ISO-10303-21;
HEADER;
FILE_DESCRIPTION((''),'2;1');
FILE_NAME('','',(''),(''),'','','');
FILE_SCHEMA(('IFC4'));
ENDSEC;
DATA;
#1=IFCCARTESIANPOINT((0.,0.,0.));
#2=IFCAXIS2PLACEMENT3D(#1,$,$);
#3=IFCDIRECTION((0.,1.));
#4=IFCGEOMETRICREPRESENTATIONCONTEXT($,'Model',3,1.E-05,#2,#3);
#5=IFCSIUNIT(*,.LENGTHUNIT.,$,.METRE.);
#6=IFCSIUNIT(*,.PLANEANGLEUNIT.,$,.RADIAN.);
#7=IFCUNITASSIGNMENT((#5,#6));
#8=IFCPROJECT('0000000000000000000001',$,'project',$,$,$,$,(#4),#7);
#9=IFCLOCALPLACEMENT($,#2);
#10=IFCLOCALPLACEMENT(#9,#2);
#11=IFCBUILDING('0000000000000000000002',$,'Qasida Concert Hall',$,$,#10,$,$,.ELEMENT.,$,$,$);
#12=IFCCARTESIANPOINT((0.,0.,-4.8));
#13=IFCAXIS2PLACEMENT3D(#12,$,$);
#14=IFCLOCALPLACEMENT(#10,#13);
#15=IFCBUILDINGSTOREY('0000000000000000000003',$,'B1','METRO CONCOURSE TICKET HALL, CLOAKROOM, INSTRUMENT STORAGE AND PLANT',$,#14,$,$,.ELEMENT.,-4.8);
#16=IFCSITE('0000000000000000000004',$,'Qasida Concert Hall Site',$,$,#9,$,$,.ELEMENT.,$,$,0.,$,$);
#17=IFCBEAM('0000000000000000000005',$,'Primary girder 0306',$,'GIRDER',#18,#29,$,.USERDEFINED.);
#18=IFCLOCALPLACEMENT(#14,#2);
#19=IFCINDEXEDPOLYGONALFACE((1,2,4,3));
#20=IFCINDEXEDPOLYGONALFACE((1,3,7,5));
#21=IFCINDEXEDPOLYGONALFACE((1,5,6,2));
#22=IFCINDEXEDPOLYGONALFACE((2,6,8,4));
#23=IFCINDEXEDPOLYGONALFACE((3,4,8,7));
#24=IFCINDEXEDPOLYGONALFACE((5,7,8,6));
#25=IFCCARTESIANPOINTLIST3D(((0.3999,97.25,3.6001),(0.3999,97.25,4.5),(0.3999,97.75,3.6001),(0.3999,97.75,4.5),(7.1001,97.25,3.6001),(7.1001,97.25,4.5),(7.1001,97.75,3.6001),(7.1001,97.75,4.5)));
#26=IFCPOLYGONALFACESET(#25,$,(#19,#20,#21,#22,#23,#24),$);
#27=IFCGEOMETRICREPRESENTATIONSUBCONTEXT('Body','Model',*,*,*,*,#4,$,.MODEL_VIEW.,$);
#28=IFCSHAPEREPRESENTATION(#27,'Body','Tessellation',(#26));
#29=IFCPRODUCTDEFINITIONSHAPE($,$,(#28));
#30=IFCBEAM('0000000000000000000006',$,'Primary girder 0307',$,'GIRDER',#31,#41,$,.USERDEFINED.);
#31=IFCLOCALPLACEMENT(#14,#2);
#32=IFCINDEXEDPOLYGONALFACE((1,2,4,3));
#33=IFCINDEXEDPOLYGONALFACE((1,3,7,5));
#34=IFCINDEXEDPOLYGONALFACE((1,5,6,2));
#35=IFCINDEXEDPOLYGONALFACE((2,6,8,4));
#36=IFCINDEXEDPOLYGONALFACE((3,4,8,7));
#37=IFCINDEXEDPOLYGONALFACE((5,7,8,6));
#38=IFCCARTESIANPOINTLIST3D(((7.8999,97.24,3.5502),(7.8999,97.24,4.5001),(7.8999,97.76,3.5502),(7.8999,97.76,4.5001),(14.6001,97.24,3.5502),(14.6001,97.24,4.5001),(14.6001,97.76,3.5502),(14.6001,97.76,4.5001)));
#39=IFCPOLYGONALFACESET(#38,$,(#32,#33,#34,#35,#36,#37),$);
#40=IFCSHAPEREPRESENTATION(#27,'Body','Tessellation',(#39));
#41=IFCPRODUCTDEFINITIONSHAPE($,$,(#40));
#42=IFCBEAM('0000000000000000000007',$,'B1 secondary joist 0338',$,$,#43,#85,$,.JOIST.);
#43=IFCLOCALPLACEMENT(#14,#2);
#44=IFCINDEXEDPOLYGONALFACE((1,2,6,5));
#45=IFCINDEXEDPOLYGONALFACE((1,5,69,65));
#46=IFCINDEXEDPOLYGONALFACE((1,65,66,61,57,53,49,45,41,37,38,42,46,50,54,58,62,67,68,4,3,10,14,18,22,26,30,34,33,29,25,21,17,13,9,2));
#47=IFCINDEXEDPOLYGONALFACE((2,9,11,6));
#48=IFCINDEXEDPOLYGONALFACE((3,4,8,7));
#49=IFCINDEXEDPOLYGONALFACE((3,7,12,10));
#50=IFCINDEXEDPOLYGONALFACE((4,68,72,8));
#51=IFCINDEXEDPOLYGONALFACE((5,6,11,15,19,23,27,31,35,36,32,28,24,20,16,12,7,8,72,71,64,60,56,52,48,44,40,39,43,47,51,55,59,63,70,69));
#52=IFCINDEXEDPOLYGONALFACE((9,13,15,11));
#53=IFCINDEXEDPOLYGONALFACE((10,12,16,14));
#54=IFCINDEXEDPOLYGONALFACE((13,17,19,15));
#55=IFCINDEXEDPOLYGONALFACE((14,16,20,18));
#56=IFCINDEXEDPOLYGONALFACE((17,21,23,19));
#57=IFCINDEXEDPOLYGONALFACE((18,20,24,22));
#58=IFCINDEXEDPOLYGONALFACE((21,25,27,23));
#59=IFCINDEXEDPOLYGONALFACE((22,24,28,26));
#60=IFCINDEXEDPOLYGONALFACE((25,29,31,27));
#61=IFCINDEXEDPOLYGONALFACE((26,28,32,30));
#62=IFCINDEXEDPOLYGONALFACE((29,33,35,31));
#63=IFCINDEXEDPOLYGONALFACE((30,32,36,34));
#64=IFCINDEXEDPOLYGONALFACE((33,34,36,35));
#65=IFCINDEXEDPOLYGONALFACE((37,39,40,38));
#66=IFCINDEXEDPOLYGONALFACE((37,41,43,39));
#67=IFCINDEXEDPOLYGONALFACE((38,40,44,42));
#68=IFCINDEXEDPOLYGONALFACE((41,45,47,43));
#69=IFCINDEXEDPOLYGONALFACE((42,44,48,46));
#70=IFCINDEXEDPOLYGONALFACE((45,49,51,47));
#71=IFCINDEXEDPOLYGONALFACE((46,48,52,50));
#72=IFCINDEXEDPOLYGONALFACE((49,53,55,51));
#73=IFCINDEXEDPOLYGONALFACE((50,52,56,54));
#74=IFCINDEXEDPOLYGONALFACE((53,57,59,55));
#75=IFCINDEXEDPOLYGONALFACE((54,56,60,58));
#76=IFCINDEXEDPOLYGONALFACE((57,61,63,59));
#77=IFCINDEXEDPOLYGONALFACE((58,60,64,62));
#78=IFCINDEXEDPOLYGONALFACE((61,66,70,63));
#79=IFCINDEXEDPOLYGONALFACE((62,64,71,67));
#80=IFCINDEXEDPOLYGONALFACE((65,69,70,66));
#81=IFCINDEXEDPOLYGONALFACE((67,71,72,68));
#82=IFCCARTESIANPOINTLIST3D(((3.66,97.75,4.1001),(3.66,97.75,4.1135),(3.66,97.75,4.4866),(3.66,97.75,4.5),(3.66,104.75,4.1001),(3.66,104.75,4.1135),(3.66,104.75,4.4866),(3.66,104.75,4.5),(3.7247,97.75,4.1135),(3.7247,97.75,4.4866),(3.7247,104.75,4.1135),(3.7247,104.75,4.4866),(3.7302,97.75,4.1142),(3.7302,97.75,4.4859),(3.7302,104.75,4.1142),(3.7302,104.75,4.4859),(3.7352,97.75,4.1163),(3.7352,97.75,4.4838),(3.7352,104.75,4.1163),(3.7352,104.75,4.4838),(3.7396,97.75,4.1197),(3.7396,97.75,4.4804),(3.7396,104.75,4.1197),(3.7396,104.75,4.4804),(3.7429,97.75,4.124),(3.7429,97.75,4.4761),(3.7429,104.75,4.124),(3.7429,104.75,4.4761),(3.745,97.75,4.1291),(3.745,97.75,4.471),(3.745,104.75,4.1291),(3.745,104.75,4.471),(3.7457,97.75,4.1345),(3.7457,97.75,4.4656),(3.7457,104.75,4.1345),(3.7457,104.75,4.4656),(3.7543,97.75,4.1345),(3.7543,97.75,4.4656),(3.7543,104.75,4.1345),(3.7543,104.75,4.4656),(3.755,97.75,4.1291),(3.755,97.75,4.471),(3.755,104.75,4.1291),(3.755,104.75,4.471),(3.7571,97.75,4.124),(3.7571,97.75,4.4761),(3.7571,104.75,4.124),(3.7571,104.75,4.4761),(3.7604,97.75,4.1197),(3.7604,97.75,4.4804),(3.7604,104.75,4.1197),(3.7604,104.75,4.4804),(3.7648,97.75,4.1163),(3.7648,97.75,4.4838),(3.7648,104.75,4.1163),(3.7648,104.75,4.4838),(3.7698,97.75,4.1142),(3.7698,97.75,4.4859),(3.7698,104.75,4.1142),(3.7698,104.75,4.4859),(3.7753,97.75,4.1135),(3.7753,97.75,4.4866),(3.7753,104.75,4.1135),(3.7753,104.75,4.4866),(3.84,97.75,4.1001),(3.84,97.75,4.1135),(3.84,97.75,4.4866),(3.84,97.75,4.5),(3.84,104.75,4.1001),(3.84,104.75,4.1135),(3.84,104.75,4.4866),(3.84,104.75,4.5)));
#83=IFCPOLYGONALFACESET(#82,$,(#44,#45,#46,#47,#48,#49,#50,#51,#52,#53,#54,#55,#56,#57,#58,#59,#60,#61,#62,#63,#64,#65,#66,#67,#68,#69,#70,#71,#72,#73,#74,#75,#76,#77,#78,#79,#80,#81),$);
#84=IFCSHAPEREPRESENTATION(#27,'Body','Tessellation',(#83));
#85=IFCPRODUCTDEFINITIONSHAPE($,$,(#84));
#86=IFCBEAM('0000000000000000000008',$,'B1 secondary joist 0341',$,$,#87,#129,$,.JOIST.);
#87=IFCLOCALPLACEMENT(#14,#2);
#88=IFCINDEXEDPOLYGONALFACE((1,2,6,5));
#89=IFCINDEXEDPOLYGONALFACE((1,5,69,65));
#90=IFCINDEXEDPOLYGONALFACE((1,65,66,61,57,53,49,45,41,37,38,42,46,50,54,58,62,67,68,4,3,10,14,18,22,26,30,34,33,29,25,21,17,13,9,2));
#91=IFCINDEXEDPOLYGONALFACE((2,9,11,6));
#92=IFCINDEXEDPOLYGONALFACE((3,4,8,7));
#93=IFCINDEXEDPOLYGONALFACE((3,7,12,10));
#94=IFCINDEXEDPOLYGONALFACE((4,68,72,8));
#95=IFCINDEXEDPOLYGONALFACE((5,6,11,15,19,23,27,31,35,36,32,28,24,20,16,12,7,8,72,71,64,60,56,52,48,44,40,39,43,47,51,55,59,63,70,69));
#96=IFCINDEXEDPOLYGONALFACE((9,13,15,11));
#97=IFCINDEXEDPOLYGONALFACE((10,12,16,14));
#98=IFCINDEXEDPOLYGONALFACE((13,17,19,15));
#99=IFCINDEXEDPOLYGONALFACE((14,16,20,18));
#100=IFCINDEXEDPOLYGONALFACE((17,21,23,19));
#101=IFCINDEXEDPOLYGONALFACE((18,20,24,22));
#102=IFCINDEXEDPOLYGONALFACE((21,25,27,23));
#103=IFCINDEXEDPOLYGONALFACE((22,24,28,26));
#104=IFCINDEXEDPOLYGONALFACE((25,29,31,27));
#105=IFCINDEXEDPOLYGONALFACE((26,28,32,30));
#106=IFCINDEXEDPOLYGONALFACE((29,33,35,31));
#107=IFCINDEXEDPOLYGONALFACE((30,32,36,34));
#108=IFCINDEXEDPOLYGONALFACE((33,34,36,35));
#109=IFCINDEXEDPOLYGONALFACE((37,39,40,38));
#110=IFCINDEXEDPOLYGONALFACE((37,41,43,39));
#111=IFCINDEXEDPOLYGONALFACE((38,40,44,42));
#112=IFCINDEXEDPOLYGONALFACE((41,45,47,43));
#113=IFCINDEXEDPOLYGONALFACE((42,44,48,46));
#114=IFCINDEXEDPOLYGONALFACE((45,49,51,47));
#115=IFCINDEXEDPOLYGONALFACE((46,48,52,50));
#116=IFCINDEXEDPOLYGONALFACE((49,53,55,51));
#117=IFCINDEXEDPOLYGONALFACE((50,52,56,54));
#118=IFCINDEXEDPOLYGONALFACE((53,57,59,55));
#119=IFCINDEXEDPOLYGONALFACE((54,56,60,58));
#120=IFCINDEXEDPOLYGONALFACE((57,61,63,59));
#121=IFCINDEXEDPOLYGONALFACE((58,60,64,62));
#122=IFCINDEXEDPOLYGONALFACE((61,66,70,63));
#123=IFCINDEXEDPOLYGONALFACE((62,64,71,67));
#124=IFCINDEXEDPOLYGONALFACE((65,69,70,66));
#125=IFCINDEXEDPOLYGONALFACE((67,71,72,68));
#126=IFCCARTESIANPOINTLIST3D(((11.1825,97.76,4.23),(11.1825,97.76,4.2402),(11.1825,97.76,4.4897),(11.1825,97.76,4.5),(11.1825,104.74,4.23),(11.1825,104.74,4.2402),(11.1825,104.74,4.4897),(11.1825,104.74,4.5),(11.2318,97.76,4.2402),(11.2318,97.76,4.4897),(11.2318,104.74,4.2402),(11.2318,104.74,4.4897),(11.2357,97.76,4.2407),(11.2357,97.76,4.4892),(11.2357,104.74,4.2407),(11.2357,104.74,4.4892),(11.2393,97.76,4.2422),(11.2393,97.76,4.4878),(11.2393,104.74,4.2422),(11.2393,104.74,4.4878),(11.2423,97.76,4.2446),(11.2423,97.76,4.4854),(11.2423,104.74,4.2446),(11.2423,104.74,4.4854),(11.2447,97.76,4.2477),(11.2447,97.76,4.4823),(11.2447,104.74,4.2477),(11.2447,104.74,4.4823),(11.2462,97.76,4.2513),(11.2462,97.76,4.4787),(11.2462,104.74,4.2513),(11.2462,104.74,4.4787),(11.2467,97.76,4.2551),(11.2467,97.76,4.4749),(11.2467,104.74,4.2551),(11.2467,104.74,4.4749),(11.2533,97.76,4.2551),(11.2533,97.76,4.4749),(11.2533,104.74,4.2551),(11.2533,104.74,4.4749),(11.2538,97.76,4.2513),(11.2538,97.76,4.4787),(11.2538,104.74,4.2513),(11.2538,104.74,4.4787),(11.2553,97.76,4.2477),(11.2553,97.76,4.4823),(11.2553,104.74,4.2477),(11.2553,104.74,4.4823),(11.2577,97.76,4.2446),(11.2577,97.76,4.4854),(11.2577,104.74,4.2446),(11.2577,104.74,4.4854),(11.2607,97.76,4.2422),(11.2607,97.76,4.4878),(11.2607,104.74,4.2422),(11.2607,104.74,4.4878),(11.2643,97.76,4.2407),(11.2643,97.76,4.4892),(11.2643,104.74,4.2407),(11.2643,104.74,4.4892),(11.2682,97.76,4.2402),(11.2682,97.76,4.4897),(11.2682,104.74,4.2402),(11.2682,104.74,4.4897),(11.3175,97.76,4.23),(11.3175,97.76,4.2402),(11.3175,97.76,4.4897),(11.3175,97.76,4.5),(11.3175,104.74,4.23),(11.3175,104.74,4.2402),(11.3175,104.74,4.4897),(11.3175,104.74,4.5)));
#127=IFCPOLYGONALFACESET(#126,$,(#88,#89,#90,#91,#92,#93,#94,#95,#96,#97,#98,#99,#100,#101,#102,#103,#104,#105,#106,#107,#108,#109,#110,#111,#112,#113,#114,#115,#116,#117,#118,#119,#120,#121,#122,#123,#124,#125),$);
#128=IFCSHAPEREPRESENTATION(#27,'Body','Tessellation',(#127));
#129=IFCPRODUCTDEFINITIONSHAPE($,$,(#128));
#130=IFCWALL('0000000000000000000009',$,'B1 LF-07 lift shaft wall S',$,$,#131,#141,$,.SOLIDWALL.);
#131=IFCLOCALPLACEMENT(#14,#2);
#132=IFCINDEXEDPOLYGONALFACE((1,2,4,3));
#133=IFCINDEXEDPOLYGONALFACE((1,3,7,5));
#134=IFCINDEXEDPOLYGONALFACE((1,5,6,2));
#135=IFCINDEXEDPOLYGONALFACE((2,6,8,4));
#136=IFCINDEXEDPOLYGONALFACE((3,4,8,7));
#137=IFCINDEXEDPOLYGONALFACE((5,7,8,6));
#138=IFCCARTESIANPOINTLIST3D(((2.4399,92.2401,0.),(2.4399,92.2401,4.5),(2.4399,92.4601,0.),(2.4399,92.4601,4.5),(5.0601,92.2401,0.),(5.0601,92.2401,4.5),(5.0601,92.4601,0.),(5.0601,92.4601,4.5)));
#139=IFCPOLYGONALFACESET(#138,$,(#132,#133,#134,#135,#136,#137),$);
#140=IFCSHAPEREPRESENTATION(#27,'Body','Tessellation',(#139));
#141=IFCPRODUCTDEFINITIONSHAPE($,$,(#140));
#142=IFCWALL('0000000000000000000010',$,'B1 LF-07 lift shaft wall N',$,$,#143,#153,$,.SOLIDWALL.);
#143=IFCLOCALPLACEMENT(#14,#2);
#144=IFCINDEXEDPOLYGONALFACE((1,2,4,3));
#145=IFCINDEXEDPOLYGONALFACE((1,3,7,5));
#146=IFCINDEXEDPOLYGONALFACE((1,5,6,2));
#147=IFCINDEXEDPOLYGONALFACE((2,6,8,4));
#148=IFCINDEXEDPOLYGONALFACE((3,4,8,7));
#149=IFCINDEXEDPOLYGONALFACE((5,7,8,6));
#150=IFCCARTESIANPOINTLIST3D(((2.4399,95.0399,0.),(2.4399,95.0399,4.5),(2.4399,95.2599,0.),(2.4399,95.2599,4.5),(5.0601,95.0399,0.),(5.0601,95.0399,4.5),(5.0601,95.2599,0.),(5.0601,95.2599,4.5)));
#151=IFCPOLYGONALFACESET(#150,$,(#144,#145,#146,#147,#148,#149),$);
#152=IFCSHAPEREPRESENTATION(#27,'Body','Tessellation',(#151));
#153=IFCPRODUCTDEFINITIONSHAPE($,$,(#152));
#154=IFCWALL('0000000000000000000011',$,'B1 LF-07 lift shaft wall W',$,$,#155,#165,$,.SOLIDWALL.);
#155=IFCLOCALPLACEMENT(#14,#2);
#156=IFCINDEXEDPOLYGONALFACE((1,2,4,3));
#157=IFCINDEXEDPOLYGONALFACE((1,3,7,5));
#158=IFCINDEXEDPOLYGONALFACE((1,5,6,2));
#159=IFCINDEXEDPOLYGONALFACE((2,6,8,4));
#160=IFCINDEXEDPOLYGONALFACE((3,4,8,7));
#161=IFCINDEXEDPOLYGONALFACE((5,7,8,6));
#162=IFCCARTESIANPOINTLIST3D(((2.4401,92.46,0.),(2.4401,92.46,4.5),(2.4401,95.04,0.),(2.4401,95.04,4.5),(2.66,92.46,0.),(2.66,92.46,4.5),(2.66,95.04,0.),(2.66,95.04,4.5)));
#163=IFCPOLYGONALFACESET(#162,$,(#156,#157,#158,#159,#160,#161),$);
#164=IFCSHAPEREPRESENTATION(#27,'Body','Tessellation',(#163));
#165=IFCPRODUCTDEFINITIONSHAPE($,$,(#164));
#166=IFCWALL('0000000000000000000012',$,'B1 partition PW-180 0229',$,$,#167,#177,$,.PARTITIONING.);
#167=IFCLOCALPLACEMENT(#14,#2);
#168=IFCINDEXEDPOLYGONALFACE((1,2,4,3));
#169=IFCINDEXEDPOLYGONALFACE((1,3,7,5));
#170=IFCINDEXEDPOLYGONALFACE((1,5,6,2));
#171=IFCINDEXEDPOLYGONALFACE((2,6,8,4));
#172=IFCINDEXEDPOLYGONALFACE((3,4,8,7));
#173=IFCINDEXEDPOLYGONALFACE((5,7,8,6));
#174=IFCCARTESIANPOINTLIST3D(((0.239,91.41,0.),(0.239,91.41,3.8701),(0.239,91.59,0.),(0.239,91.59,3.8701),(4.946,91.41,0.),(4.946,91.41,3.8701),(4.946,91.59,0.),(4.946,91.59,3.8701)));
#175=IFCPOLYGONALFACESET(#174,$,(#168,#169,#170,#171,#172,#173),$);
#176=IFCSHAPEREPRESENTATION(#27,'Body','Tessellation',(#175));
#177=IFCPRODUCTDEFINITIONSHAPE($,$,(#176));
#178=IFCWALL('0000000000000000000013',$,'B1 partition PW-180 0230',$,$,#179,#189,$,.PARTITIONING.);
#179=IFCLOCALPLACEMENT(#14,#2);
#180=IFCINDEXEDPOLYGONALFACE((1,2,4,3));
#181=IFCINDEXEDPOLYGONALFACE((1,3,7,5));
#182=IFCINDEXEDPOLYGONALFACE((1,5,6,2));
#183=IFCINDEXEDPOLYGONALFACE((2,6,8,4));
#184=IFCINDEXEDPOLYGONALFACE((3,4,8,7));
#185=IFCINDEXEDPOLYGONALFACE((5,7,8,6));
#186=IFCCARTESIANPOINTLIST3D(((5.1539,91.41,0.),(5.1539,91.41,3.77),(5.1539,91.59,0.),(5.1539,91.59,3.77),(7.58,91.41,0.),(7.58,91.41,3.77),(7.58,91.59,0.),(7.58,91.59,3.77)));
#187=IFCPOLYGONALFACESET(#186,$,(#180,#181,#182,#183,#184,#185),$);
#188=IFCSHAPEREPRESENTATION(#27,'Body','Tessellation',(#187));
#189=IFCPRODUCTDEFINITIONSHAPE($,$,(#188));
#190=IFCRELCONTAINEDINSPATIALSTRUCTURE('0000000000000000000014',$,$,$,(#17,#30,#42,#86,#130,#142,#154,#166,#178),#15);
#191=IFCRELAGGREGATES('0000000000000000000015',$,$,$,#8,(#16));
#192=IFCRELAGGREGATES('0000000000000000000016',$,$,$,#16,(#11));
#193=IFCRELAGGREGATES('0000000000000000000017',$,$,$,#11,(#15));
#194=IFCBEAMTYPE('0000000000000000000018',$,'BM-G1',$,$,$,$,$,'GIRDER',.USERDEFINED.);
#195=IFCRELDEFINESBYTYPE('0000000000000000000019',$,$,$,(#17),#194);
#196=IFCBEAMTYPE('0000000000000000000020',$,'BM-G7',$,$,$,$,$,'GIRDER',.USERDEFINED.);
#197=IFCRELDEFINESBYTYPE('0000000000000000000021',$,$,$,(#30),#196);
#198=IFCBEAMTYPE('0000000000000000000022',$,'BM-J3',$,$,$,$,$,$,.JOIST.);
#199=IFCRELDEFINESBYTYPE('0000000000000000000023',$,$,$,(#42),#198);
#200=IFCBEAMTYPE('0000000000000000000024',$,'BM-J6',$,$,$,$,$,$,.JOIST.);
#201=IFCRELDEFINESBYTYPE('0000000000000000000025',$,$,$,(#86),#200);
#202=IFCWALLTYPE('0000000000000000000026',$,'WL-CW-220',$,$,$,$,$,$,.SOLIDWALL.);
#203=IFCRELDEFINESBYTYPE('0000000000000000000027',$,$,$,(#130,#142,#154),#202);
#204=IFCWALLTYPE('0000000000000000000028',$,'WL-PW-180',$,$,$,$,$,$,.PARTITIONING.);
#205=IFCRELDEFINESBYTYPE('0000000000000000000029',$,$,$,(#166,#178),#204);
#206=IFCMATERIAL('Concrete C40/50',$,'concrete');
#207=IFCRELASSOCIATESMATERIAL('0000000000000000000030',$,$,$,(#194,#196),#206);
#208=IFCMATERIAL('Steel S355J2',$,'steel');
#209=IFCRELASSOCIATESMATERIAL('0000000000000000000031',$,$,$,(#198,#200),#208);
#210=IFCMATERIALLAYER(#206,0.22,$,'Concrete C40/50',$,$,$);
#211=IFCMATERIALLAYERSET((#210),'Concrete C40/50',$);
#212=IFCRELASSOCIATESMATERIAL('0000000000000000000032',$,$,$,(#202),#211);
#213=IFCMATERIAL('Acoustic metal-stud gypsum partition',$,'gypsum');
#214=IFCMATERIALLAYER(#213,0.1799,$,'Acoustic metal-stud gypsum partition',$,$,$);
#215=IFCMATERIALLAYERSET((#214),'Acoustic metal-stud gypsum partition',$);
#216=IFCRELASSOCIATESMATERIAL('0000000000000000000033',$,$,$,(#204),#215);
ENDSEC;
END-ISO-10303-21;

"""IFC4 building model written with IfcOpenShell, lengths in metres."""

from ifc_helpers import new_model, si_unit, direction, frame, frame_2d, origin, origin_2d, place, context, subcontext, project, spatial, rectangle, i_section, extrude, material, layer, layer_set, material_profile, profile_set, type_object, element, save


model = new_model("IFC4")

# Units and contexts
model_context = context("Model", 3, precision=1e-05, world=origin(), true_north=direction((0.0, 1.0)))
body_context = subcontext(model_context, "Body", "Model", "MODEL_VIEW")
ifc_project = project(units=[si_unit("LENGTHUNIT", "METRE"), si_unit("PLANEANGLEUNIT", "RADIAN")], contexts=[model_context])

# Site, building, storey
site_placement = place(None, origin())
site = spatial("IfcSite", under=ifc_project, at=site_placement, Name="Qasida Concert Hall Site", CompositionType="ELEMENT", RefElevation=0.0)
building_placement = place(site_placement, origin())
building = spatial("IfcBuilding", under=site, at=building_placement, Name="Qasida Concert Hall", CompositionType="ELEMENT")
storey_placement = place(building_placement, frame((0.0, 0.0, -4.8)))
storey = spatial("IfcBuildingStorey", under=building, at=storey_placement, Name="B1", Description="METRO CONCOURSE TICKET HALL, CLOAKROOM, INSTRUMENT STORAGE AND PLANT", CompositionType="ELEMENT", Elevation=-4.8)

# Shared definitions
ifc_material_1 = material(Name="Concrete C40/50", Category="concrete")

# Beams
ifc_material_2 = material(Name="Steel S355J2", Category="steel")
ifc_material_profile_1 = material_profile(ifc_material_1, rectangle(XDim=0.5, YDim=0.8999, at=origin_2d()), Name="RC 500x900")
ifc_profile_set_1 = profile_set([ifc_material_profile_1], Name="Concrete C40/50")
beam_type_1 = type_object("IfcBeamType", Name="BM-G1", ElementType="GIRDER", PredefinedType="USERDEFINED", material=ifc_profile_set_1)
beam_1_placement = place(storey_placement, frame((0.3999, 97.5, 4.05), z_axis=(1.0, 0.0, 0.0), x_axis=(0.0, 1.0, 0.0)))
element("IfcBeam", 1, at=beam_1_placement, inside=storey, type_object=beam_type_1, Name="Primary girder 0306", ObjectType="GIRDER", PredefinedType="USERDEFINED", context=body_context, shape_type="SweptSolid", body=[
    extrude(rectangle(XDim=0.5, YDim=0.8999, at=origin_2d()), origin(), (0.0, 0.0, 1.0), 6.7002),
])
ifc_material_profile_2 = material_profile(ifc_material_1, rectangle(XDim=0.52, YDim=0.95, at=origin_2d()), Name="RC 520x950")
ifc_profile_set_2 = profile_set([ifc_material_profile_2], Name="Concrete C40/50")
beam_type_2 = type_object("IfcBeamType", Name="BM-G7", ElementType="GIRDER", PredefinedType="USERDEFINED", material=ifc_profile_set_2)
beam_2_placement = place(storey_placement, frame((7.8999, 97.5, 4.0251), z_axis=(1.0, 0.0, 0.0), x_axis=(0.0, 1.0, 0.0)))
element("IfcBeam", 2, at=beam_2_placement, inside=storey, type_object=beam_type_2, Name="Primary girder 0307", ObjectType="GIRDER", PredefinedType="USERDEFINED", context=body_context, shape_type="SweptSolid", body=[
    extrude(rectangle(XDim=0.52, YDim=0.95, at=origin_2d()), origin(), (0.0, 0.0, 1.0), 6.7002),
])
ifc_material_profile_3 = material_profile(ifc_material_2, i_section(OverallWidth=0.1799, OverallDepth=0.3999, WebThickness=0.0085, FlangeThickness=0.0134, FilletRadius=0.021, at=origin_2d()), Name="IPE 400")
ifc_profile_set_3 = profile_set([ifc_material_profile_3], Name="Steel S355J2")
beam_type_3 = type_object("IfcBeamType", Name="BM-J3", PredefinedType="JOIST", material=ifc_profile_set_3)
beam_3_placement = place(storey_placement, frame((3.75, 97.75, 4.3), z_axis=(0.0, 1.0, 0.0), x_axis=(-1.0, 0.0, 0.0)))
element("IfcBeam", 3, at=beam_3_placement, inside=storey, type_object=beam_type_3, Name="B1 secondary joist 0338", PredefinedType="JOIST", context=body_context, shape_type="SweptSolid", body=[
    extrude(i_section(OverallWidth=0.1799, OverallDepth=0.3999, WebThickness=0.0085, FlangeThickness=0.0134, FilletRadius=0.021, at=origin_2d()), origin(), (0.0, 0.0, 1.0), 7.0),
])
ifc_material_profile_4 = material_profile(ifc_material_2, i_section(OverallWidth=0.135, OverallDepth=0.27, WebThickness=0.0066, FlangeThickness=0.0103, FilletRadius=0.0149, at=origin_2d()), Name="IPE 270")
ifc_profile_set_4 = profile_set([ifc_material_profile_4], Name="Steel S355J2")
beam_type_4 = type_object("IfcBeamType", Name="BM-J6", PredefinedType="JOIST", material=ifc_profile_set_4)
beam_4_placement = place(storey_placement, frame((11.25, 97.76, 4.365), z_axis=(0.0, 1.0, 0.0), x_axis=(-1.0, 0.0, 0.0)))
element("IfcBeam", 4, at=beam_4_placement, inside=storey, type_object=beam_type_4, Name="B1 secondary joist 0341", PredefinedType="JOIST", context=body_context, shape_type="SweptSolid", body=[
    extrude(i_section(OverallWidth=0.135, OverallDepth=0.27, WebThickness=0.0066, FlangeThickness=0.0103, FilletRadius=0.0149, at=origin_2d()), origin(), (0.0, 0.0, 1.0), 6.98),
])

# Walls
ifc_layer_1 = layer(ifc_material_1, 0.22, Name="Concrete C40/50")
ifc_layer_set_1 = layer_set([ifc_layer_1], Name="Concrete C40/50")
wall_type_1 = type_object("IfcWallType", Name="WL-CW-220", PredefinedType="SOLIDWALL", material=ifc_layer_set_1)
for number, where, z_axis, x_axis, name in (
    (5, (2.4399, 92.3501, 0.0), (0.0, 0.0, 1.0), (1.0, 0.0, 0.0), "B1 LF-07 lift shaft wall S"),
    (6, (2.4399, 95.1499, 0.0), (0.0, 0.0, 1.0), (1.0, 0.0, 0.0), "B1 LF-07 lift shaft wall N"),
):
    element("IfcWall", number, at=place(storey_placement, frame(where, z_axis=z_axis, x_axis=x_axis)), inside=storey, type_object=wall_type_1, Name=name, PredefinedType="SOLIDWALL", context=body_context, shape_type="SweptSolid", body=[
        extrude(rectangle(XDim=2.6201, YDim=0.22, at=frame_2d((1.3101, 0.0))), origin(), (0.0, 0.0, 1.0), 4.5),
    ])
wall_1_placement = place(storey_placement, frame((2.55, 92.46, 0.0), z_axis=(0.0, 0.0, 1.0), x_axis=(0.0, 1.0, 0.0)))
element("IfcWall", 7, at=wall_1_placement, inside=storey, type_object=wall_type_1, Name="B1 LF-07 lift shaft wall W", PredefinedType="SOLIDWALL", context=body_context, shape_type="SweptSolid", body=[
    extrude(rectangle(XDim=2.5801, YDim=0.22, at=frame_2d((1.29, 0.0))), origin(), (0.0, 0.0, 1.0), 4.5),
])

# Walls
ifc_material_3 = material(Name="Acoustic metal-stud gypsum partition", Category="gypsum")
ifc_layer_2 = layer(ifc_material_3, 0.1799, Name="Acoustic metal-stud gypsum partition")
ifc_layer_set_2 = layer_set([ifc_layer_2], Name="Acoustic metal-stud gypsum partition")
wall_type_2 = type_object("IfcWallType", Name="WL-PW-180", PredefinedType="PARTITIONING", material=ifc_layer_set_2)
wall_2_placement = place(storey_placement, frame((0.239, 91.5, 0.0), z_axis=(0.0, 0.0, 1.0), x_axis=(1.0, 0.0, 0.0)))
element("IfcWall", 8, at=wall_2_placement, inside=storey, type_object=wall_type_2, Name="B1 partition PW-180 0229", PredefinedType="PARTITIONING", context=body_context, shape_type="SweptSolid", body=[
    extrude(rectangle(XDim=4.707, YDim=0.1799, at=frame_2d((2.3535, 0.0))), origin(), (0.0, 0.0, 1.0), 3.8701),
])
wall_3_placement = place(storey_placement, frame((5.1541, 91.5, 0.0), z_axis=(0.0, 0.0, 1.0), x_axis=(1.0, 0.0, 0.0)))
element("IfcWall", 9, at=wall_3_placement, inside=storey, type_object=wall_type_2, Name="B1 partition PW-180 0230", PredefinedType="PARTITIONING", context=body_context, shape_type="SweptSolid", body=[
    extrude(rectangle(XDim=2.426, YDim=0.1799, at=frame_2d((1.2129, 0.0))), origin(), (0.0, 0.0, 1.0), 3.77),
])

save(model, "model.ifc")
